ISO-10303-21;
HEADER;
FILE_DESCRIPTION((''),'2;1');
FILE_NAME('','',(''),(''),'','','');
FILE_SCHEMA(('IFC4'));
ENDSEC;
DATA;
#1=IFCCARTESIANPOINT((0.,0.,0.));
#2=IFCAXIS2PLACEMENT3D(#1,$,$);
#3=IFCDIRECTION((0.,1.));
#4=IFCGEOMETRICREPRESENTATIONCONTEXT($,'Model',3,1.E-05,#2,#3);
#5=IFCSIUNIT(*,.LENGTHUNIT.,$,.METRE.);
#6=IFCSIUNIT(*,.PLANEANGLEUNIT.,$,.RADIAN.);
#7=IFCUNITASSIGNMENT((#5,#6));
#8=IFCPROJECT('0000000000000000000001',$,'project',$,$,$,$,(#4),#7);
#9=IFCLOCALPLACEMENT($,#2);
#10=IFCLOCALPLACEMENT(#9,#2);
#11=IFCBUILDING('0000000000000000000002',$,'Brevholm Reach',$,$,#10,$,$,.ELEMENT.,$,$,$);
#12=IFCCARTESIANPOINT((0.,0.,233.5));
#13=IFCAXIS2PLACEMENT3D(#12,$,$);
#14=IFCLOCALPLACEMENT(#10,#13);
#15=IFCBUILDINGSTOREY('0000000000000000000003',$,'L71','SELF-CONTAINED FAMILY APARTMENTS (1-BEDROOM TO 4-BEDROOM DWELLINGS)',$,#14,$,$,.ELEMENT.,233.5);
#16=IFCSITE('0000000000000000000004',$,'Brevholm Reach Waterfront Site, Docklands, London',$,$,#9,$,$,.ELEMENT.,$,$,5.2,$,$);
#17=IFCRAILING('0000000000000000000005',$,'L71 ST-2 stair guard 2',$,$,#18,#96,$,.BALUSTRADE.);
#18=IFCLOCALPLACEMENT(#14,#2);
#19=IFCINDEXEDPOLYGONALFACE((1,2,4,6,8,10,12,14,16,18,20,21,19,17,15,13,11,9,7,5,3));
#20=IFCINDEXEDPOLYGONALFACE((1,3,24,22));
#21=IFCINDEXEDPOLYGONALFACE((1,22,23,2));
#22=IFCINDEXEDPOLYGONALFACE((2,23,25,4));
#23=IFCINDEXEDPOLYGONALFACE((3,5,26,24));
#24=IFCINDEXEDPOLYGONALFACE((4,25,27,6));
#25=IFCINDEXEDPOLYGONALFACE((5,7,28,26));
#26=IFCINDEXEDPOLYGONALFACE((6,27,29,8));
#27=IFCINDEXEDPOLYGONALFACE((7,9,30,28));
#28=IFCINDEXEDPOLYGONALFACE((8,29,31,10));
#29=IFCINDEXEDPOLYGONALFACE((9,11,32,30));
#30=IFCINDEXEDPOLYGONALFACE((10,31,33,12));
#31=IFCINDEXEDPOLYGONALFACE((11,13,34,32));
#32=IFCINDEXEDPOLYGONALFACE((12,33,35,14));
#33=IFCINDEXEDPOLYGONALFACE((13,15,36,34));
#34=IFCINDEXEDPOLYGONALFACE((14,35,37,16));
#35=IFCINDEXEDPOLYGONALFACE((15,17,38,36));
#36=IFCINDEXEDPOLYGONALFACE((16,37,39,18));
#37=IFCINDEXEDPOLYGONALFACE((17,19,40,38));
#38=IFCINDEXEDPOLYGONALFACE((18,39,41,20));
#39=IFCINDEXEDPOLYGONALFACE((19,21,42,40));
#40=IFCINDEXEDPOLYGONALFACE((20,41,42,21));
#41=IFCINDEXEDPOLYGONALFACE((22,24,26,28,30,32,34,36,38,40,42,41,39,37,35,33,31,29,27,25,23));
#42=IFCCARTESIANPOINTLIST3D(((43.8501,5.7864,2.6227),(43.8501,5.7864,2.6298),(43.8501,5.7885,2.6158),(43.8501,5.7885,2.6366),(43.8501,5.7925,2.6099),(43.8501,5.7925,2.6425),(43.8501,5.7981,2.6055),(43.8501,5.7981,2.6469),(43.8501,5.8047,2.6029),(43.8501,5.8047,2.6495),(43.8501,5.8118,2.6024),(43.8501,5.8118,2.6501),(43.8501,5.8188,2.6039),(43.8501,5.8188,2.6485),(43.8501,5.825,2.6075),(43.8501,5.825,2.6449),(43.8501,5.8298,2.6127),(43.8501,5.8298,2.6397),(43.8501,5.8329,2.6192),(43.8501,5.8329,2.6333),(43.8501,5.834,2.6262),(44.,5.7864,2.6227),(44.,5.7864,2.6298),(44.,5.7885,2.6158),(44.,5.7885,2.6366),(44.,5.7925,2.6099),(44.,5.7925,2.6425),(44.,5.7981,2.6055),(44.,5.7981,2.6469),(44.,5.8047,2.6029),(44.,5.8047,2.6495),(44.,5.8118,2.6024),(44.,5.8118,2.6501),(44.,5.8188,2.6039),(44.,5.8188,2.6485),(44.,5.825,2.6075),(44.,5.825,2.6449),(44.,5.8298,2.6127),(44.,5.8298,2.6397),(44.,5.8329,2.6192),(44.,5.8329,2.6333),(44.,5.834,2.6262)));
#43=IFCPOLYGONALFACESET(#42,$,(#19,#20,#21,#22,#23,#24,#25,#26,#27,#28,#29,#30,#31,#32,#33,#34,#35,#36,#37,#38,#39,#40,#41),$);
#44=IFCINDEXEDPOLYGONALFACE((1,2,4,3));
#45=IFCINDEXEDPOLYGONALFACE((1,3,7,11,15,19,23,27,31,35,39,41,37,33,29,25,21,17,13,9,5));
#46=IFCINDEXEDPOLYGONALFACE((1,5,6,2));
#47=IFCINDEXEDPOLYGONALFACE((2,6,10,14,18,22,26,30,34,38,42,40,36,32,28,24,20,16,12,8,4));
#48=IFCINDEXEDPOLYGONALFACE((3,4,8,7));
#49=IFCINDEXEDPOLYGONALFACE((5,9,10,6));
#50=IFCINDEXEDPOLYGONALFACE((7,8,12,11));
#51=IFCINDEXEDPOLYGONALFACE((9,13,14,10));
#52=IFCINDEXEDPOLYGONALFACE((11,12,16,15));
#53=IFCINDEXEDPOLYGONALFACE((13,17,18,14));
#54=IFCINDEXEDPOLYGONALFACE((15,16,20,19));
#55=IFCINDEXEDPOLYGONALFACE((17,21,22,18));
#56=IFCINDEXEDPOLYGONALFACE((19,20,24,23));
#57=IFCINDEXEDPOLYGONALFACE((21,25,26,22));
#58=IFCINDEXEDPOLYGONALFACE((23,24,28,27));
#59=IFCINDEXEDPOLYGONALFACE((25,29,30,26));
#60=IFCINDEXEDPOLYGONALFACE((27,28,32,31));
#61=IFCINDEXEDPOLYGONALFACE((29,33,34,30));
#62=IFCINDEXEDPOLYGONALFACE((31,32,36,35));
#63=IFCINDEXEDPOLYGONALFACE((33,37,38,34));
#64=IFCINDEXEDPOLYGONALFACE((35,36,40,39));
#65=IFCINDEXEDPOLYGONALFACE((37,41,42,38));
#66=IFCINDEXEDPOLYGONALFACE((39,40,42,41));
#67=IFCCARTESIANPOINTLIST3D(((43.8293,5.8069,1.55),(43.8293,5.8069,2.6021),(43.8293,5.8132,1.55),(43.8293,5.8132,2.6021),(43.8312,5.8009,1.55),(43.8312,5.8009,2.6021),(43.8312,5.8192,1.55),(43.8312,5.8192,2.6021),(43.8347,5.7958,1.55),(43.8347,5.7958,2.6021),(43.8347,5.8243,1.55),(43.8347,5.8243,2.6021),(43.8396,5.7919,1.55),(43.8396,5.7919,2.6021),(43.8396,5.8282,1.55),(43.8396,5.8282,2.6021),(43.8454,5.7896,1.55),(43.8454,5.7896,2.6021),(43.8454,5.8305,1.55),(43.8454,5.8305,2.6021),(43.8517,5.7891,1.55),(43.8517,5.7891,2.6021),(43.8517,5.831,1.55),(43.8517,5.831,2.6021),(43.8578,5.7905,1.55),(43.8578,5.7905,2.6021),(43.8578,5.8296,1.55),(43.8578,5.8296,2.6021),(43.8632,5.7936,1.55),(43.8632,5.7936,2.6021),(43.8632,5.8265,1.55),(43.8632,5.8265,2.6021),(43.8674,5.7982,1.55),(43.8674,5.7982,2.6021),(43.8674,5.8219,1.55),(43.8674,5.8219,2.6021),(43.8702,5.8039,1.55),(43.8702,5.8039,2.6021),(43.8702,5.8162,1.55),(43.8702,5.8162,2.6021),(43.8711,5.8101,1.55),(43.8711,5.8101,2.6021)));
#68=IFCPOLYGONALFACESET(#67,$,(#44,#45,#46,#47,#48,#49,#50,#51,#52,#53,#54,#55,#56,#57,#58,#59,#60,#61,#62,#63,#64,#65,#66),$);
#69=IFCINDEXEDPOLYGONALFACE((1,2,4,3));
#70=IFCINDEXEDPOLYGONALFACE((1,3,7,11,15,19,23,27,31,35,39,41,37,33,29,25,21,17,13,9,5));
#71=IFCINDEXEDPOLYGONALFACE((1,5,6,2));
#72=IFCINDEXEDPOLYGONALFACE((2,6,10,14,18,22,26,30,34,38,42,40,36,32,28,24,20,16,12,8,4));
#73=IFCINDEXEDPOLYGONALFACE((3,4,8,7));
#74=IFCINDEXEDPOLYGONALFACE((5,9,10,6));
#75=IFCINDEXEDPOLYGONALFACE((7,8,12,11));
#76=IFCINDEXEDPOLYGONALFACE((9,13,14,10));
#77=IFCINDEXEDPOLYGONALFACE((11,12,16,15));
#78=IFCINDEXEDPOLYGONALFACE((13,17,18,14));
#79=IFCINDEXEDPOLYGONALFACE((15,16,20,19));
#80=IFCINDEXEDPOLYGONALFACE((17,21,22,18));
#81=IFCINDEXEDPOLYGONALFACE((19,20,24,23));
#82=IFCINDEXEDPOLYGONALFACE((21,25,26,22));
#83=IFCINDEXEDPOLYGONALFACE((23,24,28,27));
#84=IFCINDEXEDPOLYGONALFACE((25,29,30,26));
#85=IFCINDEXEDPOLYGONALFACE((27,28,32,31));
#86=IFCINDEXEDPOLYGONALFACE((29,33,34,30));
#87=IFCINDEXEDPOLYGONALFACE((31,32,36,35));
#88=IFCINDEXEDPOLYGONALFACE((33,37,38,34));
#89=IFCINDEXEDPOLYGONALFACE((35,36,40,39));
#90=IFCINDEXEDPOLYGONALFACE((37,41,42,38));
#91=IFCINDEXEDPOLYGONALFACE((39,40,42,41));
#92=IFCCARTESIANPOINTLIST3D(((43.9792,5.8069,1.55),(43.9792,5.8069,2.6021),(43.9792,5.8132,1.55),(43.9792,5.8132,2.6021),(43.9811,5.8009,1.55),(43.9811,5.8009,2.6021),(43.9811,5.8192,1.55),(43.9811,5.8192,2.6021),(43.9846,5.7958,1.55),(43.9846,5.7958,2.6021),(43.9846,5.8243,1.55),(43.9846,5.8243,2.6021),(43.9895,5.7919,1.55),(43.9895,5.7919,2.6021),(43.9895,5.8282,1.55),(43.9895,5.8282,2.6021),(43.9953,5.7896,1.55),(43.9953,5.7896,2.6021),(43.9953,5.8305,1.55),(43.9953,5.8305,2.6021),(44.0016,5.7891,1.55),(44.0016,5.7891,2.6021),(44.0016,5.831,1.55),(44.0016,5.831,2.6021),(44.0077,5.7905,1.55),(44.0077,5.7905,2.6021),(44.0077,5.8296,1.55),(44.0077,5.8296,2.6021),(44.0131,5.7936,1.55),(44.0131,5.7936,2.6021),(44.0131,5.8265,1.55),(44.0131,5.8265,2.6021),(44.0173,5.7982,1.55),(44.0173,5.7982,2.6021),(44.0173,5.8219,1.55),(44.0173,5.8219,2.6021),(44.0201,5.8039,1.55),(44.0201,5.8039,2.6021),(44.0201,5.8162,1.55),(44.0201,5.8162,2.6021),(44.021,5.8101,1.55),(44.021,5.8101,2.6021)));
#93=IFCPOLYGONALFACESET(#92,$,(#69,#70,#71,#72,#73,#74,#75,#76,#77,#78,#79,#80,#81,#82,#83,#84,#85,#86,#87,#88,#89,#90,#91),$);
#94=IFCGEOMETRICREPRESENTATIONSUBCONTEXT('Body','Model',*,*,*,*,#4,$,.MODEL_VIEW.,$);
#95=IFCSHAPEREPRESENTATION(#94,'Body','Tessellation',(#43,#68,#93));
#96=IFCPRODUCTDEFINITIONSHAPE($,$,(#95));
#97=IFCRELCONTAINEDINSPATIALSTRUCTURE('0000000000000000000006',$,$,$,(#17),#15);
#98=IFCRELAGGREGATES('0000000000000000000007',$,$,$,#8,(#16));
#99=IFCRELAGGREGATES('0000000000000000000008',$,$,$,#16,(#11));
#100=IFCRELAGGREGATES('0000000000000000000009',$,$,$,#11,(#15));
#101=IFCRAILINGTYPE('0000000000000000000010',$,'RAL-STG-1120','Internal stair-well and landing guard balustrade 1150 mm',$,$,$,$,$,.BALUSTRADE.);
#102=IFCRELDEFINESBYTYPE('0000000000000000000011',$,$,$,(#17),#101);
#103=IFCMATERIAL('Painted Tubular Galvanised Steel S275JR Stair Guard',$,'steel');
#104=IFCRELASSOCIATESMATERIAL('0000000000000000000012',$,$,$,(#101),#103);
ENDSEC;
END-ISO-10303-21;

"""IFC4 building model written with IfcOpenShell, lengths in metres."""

from ifc_helpers import new_model, si_unit, direction, frame, origin, origin_2d, place, context, subcontext, project, spatial, circle, extrude, material, type_object, element, save


model = new_model("IFC4")

# Units and contexts
model_context = context("Model", 3, precision=1e-05, world=origin(), true_north=direction((0.0, 1.0)))
body_context = subcontext(model_context, "Body", "Model", "MODEL_VIEW")
ifc_project = project(units=[si_unit("LENGTHUNIT", "METRE"), si_unit("PLANEANGLEUNIT", "RADIAN")], contexts=[model_context])

# Site, building, storey
site_placement = place(None, origin())
site = spatial("IfcSite", under=ifc_project, at=site_placement, Name="Brevholm Reach Waterfront Site, Docklands, London", CompositionType="ELEMENT", RefElevation=5.2)
building_placement = place(site_placement, origin())
building = spatial("IfcBuilding", under=site, at=building_placement, Name="Brevholm Reach", CompositionType="ELEMENT")
storey_placement = place(building_placement, frame((0.0, 0.0, 233.5)))
storey = spatial("IfcBuildingStorey", under=building, at=storey_placement, Name="L71", Description="SELF-CONTAINED FAMILY APARTMENTS (1-BEDROOM TO 4-BEDROOM DWELLINGS)", CompositionType="ELEMENT", Elevation=233.5)

# Railing
ifc_material_1 = material(Name="Painted Tubular Galvanised Steel S275JR Stair Guard", Category="steel")
railing_type_1 = type_object("IfcRailingType", Name="RAL-STG-1120", Description="Internal stair-well and landing guard balustrade 1150 mm", PredefinedType="BALUSTRADE", material=ifc_material_1)
railing_1_placement = place(storey_placement, frame((43.8501, 5.8101, 1.55)))
element("IfcRailing", 1, at=railing_1_placement, inside=storey, type_object=railing_type_1, Name="L71 ST-2 stair guard 2", PredefinedType="BALUSTRADE", context=body_context, shape_type="SweptSolid", body=[
    extrude(circle(Radius=0.0239, at=origin_2d()), frame((0.0, 0.0, 1.0762), z_axis=(1.0, 0.0, 0.0), x_axis=(0.0, 1.0, 0.0)), (0.0, 0.0, 1.0), 0.1499),
    extrude(circle(Radius=0.021, at=origin_2d()), origin(), (0.0, 0.0, 1.0), 1.052),
    extrude(circle(Radius=0.021, at=origin_2d()), frame((0.1499, 0.0, 0.0)), (0.0, 0.0, 1.0), 1.052),
])

save(model, "model.ifc")
